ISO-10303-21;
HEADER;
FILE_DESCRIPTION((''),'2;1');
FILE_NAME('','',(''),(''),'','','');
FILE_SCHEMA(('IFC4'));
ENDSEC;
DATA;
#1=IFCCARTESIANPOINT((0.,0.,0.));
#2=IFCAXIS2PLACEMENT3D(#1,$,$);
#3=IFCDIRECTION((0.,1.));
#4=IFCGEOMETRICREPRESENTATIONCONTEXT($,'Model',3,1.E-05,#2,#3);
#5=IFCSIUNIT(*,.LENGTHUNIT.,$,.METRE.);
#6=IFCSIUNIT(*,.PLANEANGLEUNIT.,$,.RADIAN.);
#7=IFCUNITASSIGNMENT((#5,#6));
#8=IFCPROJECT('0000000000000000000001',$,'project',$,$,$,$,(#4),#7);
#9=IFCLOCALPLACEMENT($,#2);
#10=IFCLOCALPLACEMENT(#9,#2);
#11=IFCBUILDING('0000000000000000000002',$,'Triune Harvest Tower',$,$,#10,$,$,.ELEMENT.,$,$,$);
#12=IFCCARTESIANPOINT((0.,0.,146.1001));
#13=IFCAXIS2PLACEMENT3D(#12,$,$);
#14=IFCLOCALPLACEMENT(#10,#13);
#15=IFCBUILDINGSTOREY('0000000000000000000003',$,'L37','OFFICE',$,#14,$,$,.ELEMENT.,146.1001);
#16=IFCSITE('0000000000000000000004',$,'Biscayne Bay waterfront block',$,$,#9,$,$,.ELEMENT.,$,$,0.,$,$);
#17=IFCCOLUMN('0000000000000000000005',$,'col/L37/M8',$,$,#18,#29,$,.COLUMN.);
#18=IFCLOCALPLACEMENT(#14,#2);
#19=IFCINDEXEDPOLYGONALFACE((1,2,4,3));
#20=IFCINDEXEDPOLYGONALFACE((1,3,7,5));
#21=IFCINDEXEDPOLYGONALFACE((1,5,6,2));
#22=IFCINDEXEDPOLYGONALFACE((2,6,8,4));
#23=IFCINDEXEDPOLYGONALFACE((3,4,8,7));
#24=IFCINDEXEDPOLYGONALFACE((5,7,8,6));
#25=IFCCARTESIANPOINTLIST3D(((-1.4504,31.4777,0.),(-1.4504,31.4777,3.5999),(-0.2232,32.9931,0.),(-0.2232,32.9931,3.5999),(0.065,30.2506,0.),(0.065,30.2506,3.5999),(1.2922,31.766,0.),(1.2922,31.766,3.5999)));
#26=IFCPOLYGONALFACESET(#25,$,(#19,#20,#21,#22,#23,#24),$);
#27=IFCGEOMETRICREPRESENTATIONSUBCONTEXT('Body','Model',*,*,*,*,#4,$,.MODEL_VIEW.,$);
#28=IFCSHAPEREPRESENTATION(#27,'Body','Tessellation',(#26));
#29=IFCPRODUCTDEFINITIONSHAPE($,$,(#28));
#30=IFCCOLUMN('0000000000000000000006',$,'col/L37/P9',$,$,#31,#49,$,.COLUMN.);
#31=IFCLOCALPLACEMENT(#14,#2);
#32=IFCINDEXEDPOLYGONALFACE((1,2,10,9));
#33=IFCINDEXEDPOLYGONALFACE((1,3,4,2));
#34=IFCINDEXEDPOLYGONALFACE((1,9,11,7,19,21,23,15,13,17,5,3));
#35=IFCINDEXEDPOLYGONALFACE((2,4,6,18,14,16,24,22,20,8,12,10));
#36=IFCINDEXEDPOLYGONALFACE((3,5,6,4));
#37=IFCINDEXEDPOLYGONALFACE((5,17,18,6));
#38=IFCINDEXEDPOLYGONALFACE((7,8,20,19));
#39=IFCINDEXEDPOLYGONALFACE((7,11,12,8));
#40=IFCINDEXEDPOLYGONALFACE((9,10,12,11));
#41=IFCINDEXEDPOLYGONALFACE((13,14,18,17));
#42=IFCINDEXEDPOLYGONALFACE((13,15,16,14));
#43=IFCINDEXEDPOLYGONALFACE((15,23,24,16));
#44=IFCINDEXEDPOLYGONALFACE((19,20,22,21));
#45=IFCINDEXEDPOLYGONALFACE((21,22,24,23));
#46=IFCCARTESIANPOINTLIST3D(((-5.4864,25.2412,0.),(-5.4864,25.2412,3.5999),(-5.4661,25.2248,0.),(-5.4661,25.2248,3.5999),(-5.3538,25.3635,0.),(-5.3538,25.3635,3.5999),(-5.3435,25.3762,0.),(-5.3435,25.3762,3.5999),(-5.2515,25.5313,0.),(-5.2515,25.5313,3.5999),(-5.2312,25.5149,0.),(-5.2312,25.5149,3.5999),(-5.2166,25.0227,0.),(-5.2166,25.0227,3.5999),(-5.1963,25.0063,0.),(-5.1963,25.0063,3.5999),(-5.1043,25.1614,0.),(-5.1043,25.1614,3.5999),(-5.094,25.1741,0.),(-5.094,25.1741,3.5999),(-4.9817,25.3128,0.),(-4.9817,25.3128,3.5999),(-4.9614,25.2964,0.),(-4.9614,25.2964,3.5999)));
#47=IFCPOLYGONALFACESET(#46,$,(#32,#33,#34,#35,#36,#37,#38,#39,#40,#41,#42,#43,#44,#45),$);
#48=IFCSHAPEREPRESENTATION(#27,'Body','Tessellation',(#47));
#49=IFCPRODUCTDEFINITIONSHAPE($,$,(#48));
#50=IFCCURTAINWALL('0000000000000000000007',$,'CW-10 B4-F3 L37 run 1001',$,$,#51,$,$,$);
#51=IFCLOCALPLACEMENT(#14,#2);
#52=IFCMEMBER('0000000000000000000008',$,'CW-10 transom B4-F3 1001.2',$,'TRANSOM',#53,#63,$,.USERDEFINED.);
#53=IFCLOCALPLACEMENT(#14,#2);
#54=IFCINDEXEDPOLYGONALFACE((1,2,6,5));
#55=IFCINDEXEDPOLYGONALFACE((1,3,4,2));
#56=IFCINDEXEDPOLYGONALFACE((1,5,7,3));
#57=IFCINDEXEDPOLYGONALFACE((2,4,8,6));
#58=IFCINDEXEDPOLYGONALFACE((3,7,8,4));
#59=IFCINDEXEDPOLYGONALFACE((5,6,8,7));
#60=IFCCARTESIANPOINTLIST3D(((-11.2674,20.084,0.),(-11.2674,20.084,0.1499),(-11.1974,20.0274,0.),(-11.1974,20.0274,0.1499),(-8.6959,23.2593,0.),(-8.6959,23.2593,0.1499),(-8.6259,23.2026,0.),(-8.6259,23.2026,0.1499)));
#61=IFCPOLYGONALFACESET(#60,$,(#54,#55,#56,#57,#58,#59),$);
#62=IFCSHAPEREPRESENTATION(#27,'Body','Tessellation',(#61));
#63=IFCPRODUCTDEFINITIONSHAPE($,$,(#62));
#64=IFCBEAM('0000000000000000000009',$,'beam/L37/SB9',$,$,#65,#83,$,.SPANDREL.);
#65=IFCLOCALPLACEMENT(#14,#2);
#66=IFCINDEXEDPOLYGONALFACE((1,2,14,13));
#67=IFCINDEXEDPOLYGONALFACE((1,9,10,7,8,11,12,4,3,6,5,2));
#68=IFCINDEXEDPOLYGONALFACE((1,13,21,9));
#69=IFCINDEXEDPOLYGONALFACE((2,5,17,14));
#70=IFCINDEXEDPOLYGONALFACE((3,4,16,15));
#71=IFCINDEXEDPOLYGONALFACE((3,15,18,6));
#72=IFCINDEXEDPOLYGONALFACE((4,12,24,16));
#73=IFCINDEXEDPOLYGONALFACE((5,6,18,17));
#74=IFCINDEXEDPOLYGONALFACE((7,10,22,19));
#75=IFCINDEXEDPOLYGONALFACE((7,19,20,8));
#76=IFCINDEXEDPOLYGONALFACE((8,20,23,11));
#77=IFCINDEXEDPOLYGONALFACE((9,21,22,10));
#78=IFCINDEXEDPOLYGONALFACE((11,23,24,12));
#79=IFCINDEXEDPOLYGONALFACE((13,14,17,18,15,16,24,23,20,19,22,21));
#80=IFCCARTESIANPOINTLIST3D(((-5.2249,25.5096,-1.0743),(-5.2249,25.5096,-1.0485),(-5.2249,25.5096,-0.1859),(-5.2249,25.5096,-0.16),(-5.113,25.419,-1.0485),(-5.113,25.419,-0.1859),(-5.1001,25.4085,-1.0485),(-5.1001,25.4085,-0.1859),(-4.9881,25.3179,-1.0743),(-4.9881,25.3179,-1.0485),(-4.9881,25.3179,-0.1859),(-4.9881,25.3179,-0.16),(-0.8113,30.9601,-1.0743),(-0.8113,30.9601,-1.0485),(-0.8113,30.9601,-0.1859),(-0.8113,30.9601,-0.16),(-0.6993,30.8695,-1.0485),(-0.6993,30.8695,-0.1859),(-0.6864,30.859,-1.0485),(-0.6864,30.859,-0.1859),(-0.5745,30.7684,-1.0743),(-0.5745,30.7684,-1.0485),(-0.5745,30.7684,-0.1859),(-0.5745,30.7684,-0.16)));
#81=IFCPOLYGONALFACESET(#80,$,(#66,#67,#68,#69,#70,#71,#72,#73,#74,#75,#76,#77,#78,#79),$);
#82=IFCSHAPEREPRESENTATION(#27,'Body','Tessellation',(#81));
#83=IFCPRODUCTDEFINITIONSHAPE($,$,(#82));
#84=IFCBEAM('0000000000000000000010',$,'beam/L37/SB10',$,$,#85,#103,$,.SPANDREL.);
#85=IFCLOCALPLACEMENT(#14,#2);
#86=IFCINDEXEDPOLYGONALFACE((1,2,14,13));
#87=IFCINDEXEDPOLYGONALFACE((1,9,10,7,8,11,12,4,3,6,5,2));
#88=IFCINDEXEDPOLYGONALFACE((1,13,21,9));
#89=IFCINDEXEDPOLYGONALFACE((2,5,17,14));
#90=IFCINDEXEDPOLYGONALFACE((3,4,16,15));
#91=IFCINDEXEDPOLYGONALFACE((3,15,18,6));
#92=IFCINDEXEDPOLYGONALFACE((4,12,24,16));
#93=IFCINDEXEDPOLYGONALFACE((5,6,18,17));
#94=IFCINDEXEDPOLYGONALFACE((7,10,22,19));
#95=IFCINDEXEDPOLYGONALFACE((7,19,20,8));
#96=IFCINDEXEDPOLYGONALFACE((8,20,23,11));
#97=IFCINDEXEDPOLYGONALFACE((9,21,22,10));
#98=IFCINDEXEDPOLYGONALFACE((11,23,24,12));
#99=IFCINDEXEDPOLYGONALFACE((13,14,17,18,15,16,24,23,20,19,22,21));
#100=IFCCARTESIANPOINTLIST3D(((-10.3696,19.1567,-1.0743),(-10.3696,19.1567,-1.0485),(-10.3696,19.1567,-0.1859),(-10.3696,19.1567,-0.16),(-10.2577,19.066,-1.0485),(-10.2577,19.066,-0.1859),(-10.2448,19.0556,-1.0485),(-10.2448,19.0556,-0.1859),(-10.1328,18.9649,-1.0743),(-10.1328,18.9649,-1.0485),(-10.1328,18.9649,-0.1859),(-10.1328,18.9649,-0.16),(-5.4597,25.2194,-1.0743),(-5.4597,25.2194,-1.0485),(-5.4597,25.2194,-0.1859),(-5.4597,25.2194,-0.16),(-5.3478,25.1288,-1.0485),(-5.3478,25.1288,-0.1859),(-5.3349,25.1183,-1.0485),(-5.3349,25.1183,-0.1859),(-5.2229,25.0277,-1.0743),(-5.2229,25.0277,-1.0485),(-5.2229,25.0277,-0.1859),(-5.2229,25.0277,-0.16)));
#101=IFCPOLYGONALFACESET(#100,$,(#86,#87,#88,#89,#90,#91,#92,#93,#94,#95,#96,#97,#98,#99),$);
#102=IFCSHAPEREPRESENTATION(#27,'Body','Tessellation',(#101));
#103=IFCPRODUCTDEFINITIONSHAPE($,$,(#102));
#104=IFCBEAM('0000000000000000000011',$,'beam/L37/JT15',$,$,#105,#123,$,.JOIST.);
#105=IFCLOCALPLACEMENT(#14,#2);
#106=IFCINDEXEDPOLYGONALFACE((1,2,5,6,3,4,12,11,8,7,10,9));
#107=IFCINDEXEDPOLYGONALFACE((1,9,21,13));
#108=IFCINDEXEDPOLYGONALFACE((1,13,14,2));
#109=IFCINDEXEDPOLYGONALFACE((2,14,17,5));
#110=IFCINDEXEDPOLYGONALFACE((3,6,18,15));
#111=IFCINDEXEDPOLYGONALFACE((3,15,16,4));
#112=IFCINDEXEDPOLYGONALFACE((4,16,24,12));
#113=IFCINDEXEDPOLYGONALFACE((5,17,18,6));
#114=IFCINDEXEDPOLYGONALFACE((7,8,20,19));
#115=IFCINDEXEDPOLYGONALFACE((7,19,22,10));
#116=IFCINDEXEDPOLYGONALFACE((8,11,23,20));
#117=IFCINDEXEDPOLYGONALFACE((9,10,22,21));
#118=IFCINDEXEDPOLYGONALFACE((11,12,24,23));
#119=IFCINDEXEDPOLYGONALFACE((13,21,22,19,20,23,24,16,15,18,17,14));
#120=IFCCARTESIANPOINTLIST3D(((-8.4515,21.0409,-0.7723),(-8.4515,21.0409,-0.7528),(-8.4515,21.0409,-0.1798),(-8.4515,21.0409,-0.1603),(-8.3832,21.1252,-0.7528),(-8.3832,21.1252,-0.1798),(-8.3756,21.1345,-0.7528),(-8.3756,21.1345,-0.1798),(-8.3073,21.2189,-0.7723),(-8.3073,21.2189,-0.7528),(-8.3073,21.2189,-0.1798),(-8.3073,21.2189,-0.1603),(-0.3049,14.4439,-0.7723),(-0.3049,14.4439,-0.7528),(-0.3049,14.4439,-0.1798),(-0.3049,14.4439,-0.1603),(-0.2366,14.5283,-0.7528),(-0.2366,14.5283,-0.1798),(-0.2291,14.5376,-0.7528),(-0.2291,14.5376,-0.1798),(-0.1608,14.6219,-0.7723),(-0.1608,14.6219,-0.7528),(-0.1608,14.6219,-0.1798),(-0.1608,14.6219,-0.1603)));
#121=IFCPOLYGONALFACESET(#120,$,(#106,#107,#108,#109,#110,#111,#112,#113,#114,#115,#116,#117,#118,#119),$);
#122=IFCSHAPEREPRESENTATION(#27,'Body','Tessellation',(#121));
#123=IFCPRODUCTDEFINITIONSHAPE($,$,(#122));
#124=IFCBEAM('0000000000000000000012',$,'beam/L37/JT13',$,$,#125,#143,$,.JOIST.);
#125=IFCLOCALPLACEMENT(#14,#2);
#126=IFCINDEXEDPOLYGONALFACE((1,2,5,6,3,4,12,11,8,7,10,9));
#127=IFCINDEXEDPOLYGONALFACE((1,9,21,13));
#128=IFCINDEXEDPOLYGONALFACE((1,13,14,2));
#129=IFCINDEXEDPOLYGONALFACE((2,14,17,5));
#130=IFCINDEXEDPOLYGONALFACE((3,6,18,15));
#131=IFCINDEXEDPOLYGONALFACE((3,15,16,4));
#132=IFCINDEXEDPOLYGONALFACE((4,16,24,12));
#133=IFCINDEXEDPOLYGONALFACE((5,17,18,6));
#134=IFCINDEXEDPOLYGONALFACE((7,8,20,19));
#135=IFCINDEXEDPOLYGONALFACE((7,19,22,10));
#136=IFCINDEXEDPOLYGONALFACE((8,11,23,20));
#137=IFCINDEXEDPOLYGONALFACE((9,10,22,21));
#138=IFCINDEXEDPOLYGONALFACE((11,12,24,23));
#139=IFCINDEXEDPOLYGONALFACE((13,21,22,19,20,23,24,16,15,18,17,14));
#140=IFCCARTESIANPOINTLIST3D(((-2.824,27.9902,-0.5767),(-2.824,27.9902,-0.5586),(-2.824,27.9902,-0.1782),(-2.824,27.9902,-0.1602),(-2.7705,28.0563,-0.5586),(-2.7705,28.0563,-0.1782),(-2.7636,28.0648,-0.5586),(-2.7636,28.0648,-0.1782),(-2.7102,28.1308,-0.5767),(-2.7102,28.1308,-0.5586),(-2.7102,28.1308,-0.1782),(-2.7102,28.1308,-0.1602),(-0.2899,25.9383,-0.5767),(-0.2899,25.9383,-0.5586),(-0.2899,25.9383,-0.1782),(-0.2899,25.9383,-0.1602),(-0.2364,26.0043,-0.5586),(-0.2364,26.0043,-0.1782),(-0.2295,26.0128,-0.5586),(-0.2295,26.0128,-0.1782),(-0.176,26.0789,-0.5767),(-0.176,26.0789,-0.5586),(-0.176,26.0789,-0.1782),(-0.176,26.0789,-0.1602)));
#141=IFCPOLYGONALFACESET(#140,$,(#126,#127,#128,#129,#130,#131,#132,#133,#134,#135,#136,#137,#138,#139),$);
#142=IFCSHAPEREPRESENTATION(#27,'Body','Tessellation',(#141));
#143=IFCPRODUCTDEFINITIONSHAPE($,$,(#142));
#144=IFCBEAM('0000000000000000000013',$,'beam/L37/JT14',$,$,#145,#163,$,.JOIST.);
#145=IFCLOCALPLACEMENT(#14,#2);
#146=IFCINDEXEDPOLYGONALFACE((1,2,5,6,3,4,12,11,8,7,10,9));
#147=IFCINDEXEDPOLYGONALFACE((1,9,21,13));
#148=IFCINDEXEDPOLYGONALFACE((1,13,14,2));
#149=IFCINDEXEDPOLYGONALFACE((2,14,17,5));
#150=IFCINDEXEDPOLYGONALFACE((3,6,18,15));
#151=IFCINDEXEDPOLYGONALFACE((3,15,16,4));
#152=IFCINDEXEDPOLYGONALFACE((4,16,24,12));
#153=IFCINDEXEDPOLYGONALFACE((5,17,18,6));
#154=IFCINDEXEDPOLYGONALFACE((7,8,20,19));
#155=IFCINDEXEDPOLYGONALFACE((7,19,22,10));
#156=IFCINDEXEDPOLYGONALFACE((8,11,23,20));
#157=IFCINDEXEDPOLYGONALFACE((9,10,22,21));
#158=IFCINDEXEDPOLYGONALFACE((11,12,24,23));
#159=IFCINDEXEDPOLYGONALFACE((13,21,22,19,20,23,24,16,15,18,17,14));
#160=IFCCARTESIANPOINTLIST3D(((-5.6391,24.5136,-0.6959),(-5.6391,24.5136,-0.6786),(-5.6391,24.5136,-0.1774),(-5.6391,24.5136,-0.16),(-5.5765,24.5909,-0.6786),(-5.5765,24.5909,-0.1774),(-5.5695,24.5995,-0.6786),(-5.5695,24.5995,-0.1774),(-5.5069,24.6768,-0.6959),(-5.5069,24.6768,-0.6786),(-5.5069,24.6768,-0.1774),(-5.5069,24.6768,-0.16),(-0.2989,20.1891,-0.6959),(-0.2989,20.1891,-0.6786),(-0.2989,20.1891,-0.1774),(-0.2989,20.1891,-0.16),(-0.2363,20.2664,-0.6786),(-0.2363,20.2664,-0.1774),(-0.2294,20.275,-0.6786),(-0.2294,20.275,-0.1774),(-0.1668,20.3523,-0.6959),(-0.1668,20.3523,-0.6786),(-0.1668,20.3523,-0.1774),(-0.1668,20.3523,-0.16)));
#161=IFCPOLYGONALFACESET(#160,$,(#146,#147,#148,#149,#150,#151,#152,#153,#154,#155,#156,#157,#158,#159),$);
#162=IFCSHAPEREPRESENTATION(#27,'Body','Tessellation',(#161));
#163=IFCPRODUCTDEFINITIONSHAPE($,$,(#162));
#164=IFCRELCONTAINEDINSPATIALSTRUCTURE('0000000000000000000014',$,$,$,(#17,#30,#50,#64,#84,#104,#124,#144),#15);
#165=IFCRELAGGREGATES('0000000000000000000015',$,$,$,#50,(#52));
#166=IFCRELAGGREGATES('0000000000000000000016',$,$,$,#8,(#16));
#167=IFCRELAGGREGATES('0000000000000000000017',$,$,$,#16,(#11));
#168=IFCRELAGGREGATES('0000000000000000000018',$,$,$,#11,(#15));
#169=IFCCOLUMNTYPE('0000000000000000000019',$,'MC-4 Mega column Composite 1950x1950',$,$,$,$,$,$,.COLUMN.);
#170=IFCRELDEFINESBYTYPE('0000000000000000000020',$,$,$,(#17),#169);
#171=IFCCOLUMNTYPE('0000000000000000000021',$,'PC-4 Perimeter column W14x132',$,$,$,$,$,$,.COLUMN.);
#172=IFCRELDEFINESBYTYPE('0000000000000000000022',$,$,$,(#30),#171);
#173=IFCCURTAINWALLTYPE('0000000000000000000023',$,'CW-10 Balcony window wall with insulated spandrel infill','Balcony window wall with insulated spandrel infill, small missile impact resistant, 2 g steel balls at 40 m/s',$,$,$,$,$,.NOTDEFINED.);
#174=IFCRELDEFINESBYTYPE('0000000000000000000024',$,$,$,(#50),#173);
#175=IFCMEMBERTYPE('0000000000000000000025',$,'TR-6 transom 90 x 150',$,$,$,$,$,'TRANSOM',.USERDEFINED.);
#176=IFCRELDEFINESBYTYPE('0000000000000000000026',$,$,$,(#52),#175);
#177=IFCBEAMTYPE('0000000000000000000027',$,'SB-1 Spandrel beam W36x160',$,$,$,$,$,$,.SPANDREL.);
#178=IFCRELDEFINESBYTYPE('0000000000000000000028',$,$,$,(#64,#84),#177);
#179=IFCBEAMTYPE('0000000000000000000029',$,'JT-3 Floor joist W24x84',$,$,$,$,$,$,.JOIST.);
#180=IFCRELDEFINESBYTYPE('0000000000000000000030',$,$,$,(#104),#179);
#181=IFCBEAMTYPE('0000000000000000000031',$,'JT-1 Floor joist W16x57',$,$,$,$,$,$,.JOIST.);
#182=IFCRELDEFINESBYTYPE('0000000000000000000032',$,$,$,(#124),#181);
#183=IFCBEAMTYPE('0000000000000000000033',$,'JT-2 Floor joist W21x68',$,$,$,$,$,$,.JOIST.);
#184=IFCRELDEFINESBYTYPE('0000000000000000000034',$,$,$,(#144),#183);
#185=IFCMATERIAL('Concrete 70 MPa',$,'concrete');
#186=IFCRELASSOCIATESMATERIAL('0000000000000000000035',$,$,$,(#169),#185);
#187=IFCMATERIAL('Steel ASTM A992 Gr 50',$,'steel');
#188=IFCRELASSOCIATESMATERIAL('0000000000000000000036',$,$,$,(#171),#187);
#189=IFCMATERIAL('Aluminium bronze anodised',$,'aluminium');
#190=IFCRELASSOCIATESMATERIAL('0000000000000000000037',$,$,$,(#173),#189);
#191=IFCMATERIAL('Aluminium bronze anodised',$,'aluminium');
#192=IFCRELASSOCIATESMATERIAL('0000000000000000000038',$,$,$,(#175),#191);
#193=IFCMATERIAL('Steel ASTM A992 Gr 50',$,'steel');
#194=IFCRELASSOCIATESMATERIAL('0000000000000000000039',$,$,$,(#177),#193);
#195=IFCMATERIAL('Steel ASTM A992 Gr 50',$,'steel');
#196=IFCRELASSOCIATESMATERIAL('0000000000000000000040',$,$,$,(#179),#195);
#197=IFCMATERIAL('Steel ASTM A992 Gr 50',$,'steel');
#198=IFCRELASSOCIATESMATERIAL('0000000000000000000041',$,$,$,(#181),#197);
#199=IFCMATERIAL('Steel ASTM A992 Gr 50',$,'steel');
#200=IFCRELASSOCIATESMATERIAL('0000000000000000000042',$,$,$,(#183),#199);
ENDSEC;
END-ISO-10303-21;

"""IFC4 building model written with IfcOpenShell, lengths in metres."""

from ifc_helpers import new_model, si_unit, direction, frame, origin, origin_2d, place, context, subcontext, project, spatial, rectangle, i_section, extrude, source, transform, mapped, material, material_profile, profile_set, type_object, element, aggregate, save


model = new_model("IFC4")

# Units and contexts
model_context = context("Model", 3, precision=1e-05, world=origin(), true_north=direction((0.0, 1.0)))
body_context = subcontext(model_context, "Body", "Model", "MODEL_VIEW")
ifc_project = project(units=[si_unit("LENGTHUNIT", "METRE"), si_unit("PLANEANGLEUNIT", "RADIAN")], contexts=[model_context])

# Site, building, storey
site_placement = place(None, origin())
site = spatial("IfcSite", under=ifc_project, at=site_placement, Name="Biscayne Bay waterfront block", CompositionType="ELEMENT", RefElevation=0.0)
building_placement = place(site_placement, origin())
building = spatial("IfcBuilding", under=site, at=building_placement, Name="Triune Harvest Tower", CompositionType="ELEMENT")
storey_placement = place(building_placement, frame((0.0, 0.0, 146.1001)))
storey = spatial("IfcBuildingStorey", under=building, at=storey_placement, Name="L37", Description="OFFICE", CompositionType="ELEMENT", Elevation=146.1001)

# Columns
ifc_material_1 = material(Name="Concrete 70 MPa", Category="concrete")
ifc_material_profile_1 = material_profile(ifc_material_1, rectangle(XDim=1.95, YDim=1.95, at=origin_2d()), Name="Composite 1950x1950")
ifc_profile_set_1 = profile_set([ifc_material_profile_1], Name="Concrete 70 MPa")
column_type_1 = type_object("IfcColumnType", Name="MC-4 Mega column Composite 1950x1950", PredefinedType="COLUMN", material=ifc_profile_set_1)
shared_shape_1 = source(origin(), body_context, "Body", "SweptSolid", [
    extrude(rectangle(XDim=1.95, YDim=1.95, at=origin_2d()), origin(), (0.0, 0.0, 1.0), 3.5999),
])
column_1_placement = place(storey_placement, frame((-0.0791, 31.6218, 0.0), z_axis=(0.0, 0.0, 1.0), x_axis=(-0.629322, -0.777145, 0.0)))
element("IfcColumn", 1, at=column_1_placement, inside=storey, type_object=column_type_1, Name="col/L37/M8", PredefinedType="COLUMN", context=body_context, shape_type="MappedRepresentation", body=[
    mapped(shared_shape_1, transform((0.0, 0.0, 0.0), scale=1.0)),
])
ifc_material_2 = material(Name="Steel ASTM A992 Gr 50", Category="steel")
ifc_material_profile_2 = material_profile(ifc_material_2, i_section(OverallWidth=0.3733, OverallDepth=0.3733, WebThickness=0.0164, FlangeThickness=0.0261, at=origin_2d()), Name="W14x132")
ifc_profile_set_2 = profile_set([ifc_material_profile_2], Name="Steel ASTM A992 Gr 50")
column_type_2 = type_object("IfcColumnType", Name="PC-4 Perimeter column W14x132", PredefinedType="COLUMN", material=ifc_profile_set_2)
shared_shape_2 = source(origin(), body_context, "Body", "SweptSolid", [
    extrude(i_section(OverallWidth=0.3733, OverallDepth=0.3733, WebThickness=0.0164, FlangeThickness=0.0261, at=origin_2d()), origin(), (0.0, 0.0, 1.0), 3.5999),
])
column_2_placement = place(storey_placement, frame((-5.2239, 25.2688, 0.0), z_axis=(0.0, 0.0, 1.0), x_axis=(-0.629322, -0.777145, 0.0)))
element("IfcColumn", 2, at=column_2_placement, inside=storey, type_object=column_type_2, Name="col/L37/P9", PredefinedType="COLUMN", context=body_context, shape_type="MappedRepresentation", body=[
    mapped(shared_shape_2, transform((0.0, 0.0, 0.0), scale=1.0)),
])

# Curtain wall, member
ifc_material_3 = material(Name="Aluminium bronze anodised", Category="aluminium")
curtain_wall_type_1 = type_object("IfcCurtainWallType", Name="CW-10 Balcony window wall with insulated spandrel infill", Description="Balcony window wall with insulated spandrel infill, small missile impact resistant, 2 g steel balls at 40 m/s", PredefinedType="NOTDEFINED", material=ifc_material_3)
curtain_wall_1_placement = place(storey_placement, origin())
curtain_wall_1 = element("IfcCurtainWall", 3, at=curtain_wall_1_placement, inside=storey, type_object=curtain_wall_type_1, Name="CW-10 B4-F3 L37 run 1001")
ifc_material_4 = material(Name="Aluminium bronze anodised", Category="aluminium")
ifc_material_profile_3 = material_profile(ifc_material_4, rectangle(XDim=0.0901, YDim=0.1499, at=origin_2d()), Name="TR-6 transom 90 x 150")
ifc_profile_set_3 = profile_set([ifc_material_profile_3], Name="Aluminium bronze anodised")
member_type_1 = type_object("IfcMemberType", Name="TR-6 transom 90 x 150", ElementType="TRANSOM", PredefinedType="USERDEFINED", material=ifc_profile_set_3)
member_1_placement = place(storey_placement, frame((-8.6609, 23.231, 0.075), z_axis=(-0.629355, -0.777118, 0.0), x_axis=(0.777118, -0.629355, 0.0)))
member_1 = element("IfcMember", 4, at=member_1_placement, type_object=member_type_1, Name="CW-10 transom B4-F3 1001.2", ObjectType="TRANSOM", PredefinedType="USERDEFINED", context=body_context, shape_type="SweptSolid", body=[
    extrude(rectangle(XDim=0.0901, YDim=0.1499, at=origin_2d()), origin(), (0.0, 0.0, 1.0), 4.0859),
])

# Beams
ifc_material_5 = material(Name="Steel ASTM A992 Gr 50", Category="steel")
ifc_material_profile_4 = material_profile(ifc_material_5, i_section(OverallWidth=0.3047, OverallDepth=0.9143, WebThickness=0.0166, FlangeThickness=0.0259, at=origin_2d()), Name="W36x160")
ifc_profile_set_4 = profile_set([ifc_material_profile_4], Name="Steel ASTM A992 Gr 50")
beam_type_1 = type_object("IfcBeamType", Name="SB-1 Spandrel beam W36x160", PredefinedType="SPANDREL", material=ifc_profile_set_4)
shared_shape_3 = source(origin(), body_context, "Body", "SweptSolid", [
    extrude(i_section(OverallWidth=0.3047, OverallDepth=0.9143, WebThickness=0.0166, FlangeThickness=0.0259, at=origin_2d()), origin(), (0.0, 0.0, 1.0), 7.0134),
])
beam_1_placement = place(storey_placement, frame((-0.6929, 30.8643, -0.6172), z_axis=(-0.629311, -0.777153, 0.0), x_axis=(0.777153, -0.629311, 0.0)))
element("IfcBeam", 5, at=beam_1_placement, inside=storey, type_object=beam_type_1, Name="beam/L37/SB9", PredefinedType="SPANDREL", context=body_context, shape_type="MappedRepresentation", body=[
    mapped(shared_shape_3, transform((0.0, 0.0, 0.0), scale=1.0)),
])
shared_shape_4 = source(origin(), body_context, "Body", "SweptSolid", [
    extrude(i_section(OverallWidth=0.3047, OverallDepth=0.9143, WebThickness=0.0166, FlangeThickness=0.0259, at=origin_2d()), origin(), (0.0, 0.0, 1.0), 7.8015),
])
beam_2_placement = place(storey_placement, frame((-5.3413, 25.1235, -0.6172), z_axis=(-0.629351, -0.777121, 0.0), x_axis=(0.777121, -0.629351, 0.0)))
element("IfcBeam", 6, at=beam_2_placement, inside=storey, type_object=beam_type_1, Name="beam/L37/SB10", PredefinedType="SPANDREL", context=body_context, shape_type="MappedRepresentation", body=[
    mapped(shared_shape_4, transform((0.0, 0.0, 0.0), scale=1.0)),
])
ifc_material_6 = material(Name="Steel ASTM A992 Gr 50", Category="steel")
ifc_material_profile_5 = material_profile(ifc_material_6, i_section(OverallWidth=0.229, OverallDepth=0.6121, WebThickness=0.012, FlangeThickness=0.0195, at=origin_2d()), Name="W24x84")
ifc_profile_set_5 = profile_set([ifc_material_profile_5], Name="Steel ASTM A992 Gr 50")
beam_type_2 = type_object("IfcBeamType", Name="JT-3 Floor joist W24x84", PredefinedType="JOIST", material=ifc_profile_set_5)
shared_shape_5 = source(origin(), body_context, "Body", "SweptSolid", [
    extrude(i_section(OverallWidth=0.229, OverallDepth=0.6121, WebThickness=0.012, FlangeThickness=0.0195, at=origin_2d()), origin(), (0.0, 0.0, 1.0), 10.4827),
])
beam_3_placement = place(storey_placement, frame((-8.3794, 21.1299, -0.4663), z_axis=(0.777145, -0.629322, 0.0), x_axis=(0.629322, 0.777145, 0.0)))
element("IfcBeam", 7, at=beam_3_placement, inside=storey, type_object=beam_type_2, Name="beam/L37/JT15", PredefinedType="JOIST", context=body_context, shape_type="MappedRepresentation", body=[
    mapped(shared_shape_5, transform((0.0, 0.0, 0.0), scale=1.0)),
])
ifc_material_7 = material(Name="Steel ASTM A992 Gr 50", Category="steel")
ifc_material_profile_6 = material_profile(ifc_material_7, i_section(OverallWidth=0.1809, OverallDepth=0.4165, WebThickness=0.011, FlangeThickness=0.0181, at=origin_2d()), Name="W16x57")
ifc_profile_set_6 = profile_set([ifc_material_profile_6], Name="Steel ASTM A992 Gr 50")
beam_type_3 = type_object("IfcBeamType", Name="JT-1 Floor joist W16x57", PredefinedType="JOIST", material=ifc_profile_set_6)
shared_shape_6 = source(origin(), body_context, "Body", "SweptSolid", [
    extrude(i_section(OverallWidth=0.1809, OverallDepth=0.4165, WebThickness=0.011, FlangeThickness=0.0181, at=origin_2d()), origin(), (0.0, 0.0, 1.0), 3.2607),
])
beam_4_placement = place(storey_placement, frame((-2.7671, 28.0605, -0.3684), z_axis=(0.777166, -0.629295, 0.0), x_axis=(0.629295, 0.777166, 0.0)))
element("IfcBeam", 8, at=beam_4_placement, inside=storey, type_object=beam_type_3, Name="beam/L37/JT13", PredefinedType="JOIST", context=body_context, shape_type="MappedRepresentation", body=[
    mapped(shared_shape_6, transform((0.0, 0.0, 0.0), scale=1.0)),
])
ifc_material_8 = material(Name="Steel ASTM A992 Gr 50", Category="steel")
ifc_material_profile_7 = material_profile(ifc_material_8, i_section(OverallWidth=0.21, OverallDepth=0.5359, WebThickness=0.011, FlangeThickness=0.0173, at=origin_2d()), Name="W21x68")
ifc_profile_set_7 = profile_set([ifc_material_profile_7], Name="Steel ASTM A992 Gr 50")
beam_type_4 = type_object("IfcBeamType", Name="JT-2 Floor joist W21x68", PredefinedType="JOIST", material=ifc_profile_set_7)
shared_shape_7 = source(origin(), body_context, "Body", "SweptSolid", [
    extrude(i_section(OverallWidth=0.21, OverallDepth=0.5359, WebThickness=0.011, FlangeThickness=0.0173, at=origin_2d()), origin(), (0.0, 0.0, 1.0), 6.8716),
])
beam_5_placement = place(storey_placement, frame((-5.573, 24.5952, -0.428), z_axis=(0.777136, -0.629333, 0.0), x_axis=(0.629333, 0.777136, 0.0)))
element("IfcBeam", 9, at=beam_5_placement, inside=storey, type_object=beam_type_4, Name="beam/L37/JT14", PredefinedType="JOIST", context=body_context, shape_type="MappedRepresentation", body=[
    mapped(shared_shape_7, transform((0.0, 0.0, 0.0), scale=1.0)),
])

aggregate(curtain_wall_1, [member_1])

save(model, "model.ifc")
